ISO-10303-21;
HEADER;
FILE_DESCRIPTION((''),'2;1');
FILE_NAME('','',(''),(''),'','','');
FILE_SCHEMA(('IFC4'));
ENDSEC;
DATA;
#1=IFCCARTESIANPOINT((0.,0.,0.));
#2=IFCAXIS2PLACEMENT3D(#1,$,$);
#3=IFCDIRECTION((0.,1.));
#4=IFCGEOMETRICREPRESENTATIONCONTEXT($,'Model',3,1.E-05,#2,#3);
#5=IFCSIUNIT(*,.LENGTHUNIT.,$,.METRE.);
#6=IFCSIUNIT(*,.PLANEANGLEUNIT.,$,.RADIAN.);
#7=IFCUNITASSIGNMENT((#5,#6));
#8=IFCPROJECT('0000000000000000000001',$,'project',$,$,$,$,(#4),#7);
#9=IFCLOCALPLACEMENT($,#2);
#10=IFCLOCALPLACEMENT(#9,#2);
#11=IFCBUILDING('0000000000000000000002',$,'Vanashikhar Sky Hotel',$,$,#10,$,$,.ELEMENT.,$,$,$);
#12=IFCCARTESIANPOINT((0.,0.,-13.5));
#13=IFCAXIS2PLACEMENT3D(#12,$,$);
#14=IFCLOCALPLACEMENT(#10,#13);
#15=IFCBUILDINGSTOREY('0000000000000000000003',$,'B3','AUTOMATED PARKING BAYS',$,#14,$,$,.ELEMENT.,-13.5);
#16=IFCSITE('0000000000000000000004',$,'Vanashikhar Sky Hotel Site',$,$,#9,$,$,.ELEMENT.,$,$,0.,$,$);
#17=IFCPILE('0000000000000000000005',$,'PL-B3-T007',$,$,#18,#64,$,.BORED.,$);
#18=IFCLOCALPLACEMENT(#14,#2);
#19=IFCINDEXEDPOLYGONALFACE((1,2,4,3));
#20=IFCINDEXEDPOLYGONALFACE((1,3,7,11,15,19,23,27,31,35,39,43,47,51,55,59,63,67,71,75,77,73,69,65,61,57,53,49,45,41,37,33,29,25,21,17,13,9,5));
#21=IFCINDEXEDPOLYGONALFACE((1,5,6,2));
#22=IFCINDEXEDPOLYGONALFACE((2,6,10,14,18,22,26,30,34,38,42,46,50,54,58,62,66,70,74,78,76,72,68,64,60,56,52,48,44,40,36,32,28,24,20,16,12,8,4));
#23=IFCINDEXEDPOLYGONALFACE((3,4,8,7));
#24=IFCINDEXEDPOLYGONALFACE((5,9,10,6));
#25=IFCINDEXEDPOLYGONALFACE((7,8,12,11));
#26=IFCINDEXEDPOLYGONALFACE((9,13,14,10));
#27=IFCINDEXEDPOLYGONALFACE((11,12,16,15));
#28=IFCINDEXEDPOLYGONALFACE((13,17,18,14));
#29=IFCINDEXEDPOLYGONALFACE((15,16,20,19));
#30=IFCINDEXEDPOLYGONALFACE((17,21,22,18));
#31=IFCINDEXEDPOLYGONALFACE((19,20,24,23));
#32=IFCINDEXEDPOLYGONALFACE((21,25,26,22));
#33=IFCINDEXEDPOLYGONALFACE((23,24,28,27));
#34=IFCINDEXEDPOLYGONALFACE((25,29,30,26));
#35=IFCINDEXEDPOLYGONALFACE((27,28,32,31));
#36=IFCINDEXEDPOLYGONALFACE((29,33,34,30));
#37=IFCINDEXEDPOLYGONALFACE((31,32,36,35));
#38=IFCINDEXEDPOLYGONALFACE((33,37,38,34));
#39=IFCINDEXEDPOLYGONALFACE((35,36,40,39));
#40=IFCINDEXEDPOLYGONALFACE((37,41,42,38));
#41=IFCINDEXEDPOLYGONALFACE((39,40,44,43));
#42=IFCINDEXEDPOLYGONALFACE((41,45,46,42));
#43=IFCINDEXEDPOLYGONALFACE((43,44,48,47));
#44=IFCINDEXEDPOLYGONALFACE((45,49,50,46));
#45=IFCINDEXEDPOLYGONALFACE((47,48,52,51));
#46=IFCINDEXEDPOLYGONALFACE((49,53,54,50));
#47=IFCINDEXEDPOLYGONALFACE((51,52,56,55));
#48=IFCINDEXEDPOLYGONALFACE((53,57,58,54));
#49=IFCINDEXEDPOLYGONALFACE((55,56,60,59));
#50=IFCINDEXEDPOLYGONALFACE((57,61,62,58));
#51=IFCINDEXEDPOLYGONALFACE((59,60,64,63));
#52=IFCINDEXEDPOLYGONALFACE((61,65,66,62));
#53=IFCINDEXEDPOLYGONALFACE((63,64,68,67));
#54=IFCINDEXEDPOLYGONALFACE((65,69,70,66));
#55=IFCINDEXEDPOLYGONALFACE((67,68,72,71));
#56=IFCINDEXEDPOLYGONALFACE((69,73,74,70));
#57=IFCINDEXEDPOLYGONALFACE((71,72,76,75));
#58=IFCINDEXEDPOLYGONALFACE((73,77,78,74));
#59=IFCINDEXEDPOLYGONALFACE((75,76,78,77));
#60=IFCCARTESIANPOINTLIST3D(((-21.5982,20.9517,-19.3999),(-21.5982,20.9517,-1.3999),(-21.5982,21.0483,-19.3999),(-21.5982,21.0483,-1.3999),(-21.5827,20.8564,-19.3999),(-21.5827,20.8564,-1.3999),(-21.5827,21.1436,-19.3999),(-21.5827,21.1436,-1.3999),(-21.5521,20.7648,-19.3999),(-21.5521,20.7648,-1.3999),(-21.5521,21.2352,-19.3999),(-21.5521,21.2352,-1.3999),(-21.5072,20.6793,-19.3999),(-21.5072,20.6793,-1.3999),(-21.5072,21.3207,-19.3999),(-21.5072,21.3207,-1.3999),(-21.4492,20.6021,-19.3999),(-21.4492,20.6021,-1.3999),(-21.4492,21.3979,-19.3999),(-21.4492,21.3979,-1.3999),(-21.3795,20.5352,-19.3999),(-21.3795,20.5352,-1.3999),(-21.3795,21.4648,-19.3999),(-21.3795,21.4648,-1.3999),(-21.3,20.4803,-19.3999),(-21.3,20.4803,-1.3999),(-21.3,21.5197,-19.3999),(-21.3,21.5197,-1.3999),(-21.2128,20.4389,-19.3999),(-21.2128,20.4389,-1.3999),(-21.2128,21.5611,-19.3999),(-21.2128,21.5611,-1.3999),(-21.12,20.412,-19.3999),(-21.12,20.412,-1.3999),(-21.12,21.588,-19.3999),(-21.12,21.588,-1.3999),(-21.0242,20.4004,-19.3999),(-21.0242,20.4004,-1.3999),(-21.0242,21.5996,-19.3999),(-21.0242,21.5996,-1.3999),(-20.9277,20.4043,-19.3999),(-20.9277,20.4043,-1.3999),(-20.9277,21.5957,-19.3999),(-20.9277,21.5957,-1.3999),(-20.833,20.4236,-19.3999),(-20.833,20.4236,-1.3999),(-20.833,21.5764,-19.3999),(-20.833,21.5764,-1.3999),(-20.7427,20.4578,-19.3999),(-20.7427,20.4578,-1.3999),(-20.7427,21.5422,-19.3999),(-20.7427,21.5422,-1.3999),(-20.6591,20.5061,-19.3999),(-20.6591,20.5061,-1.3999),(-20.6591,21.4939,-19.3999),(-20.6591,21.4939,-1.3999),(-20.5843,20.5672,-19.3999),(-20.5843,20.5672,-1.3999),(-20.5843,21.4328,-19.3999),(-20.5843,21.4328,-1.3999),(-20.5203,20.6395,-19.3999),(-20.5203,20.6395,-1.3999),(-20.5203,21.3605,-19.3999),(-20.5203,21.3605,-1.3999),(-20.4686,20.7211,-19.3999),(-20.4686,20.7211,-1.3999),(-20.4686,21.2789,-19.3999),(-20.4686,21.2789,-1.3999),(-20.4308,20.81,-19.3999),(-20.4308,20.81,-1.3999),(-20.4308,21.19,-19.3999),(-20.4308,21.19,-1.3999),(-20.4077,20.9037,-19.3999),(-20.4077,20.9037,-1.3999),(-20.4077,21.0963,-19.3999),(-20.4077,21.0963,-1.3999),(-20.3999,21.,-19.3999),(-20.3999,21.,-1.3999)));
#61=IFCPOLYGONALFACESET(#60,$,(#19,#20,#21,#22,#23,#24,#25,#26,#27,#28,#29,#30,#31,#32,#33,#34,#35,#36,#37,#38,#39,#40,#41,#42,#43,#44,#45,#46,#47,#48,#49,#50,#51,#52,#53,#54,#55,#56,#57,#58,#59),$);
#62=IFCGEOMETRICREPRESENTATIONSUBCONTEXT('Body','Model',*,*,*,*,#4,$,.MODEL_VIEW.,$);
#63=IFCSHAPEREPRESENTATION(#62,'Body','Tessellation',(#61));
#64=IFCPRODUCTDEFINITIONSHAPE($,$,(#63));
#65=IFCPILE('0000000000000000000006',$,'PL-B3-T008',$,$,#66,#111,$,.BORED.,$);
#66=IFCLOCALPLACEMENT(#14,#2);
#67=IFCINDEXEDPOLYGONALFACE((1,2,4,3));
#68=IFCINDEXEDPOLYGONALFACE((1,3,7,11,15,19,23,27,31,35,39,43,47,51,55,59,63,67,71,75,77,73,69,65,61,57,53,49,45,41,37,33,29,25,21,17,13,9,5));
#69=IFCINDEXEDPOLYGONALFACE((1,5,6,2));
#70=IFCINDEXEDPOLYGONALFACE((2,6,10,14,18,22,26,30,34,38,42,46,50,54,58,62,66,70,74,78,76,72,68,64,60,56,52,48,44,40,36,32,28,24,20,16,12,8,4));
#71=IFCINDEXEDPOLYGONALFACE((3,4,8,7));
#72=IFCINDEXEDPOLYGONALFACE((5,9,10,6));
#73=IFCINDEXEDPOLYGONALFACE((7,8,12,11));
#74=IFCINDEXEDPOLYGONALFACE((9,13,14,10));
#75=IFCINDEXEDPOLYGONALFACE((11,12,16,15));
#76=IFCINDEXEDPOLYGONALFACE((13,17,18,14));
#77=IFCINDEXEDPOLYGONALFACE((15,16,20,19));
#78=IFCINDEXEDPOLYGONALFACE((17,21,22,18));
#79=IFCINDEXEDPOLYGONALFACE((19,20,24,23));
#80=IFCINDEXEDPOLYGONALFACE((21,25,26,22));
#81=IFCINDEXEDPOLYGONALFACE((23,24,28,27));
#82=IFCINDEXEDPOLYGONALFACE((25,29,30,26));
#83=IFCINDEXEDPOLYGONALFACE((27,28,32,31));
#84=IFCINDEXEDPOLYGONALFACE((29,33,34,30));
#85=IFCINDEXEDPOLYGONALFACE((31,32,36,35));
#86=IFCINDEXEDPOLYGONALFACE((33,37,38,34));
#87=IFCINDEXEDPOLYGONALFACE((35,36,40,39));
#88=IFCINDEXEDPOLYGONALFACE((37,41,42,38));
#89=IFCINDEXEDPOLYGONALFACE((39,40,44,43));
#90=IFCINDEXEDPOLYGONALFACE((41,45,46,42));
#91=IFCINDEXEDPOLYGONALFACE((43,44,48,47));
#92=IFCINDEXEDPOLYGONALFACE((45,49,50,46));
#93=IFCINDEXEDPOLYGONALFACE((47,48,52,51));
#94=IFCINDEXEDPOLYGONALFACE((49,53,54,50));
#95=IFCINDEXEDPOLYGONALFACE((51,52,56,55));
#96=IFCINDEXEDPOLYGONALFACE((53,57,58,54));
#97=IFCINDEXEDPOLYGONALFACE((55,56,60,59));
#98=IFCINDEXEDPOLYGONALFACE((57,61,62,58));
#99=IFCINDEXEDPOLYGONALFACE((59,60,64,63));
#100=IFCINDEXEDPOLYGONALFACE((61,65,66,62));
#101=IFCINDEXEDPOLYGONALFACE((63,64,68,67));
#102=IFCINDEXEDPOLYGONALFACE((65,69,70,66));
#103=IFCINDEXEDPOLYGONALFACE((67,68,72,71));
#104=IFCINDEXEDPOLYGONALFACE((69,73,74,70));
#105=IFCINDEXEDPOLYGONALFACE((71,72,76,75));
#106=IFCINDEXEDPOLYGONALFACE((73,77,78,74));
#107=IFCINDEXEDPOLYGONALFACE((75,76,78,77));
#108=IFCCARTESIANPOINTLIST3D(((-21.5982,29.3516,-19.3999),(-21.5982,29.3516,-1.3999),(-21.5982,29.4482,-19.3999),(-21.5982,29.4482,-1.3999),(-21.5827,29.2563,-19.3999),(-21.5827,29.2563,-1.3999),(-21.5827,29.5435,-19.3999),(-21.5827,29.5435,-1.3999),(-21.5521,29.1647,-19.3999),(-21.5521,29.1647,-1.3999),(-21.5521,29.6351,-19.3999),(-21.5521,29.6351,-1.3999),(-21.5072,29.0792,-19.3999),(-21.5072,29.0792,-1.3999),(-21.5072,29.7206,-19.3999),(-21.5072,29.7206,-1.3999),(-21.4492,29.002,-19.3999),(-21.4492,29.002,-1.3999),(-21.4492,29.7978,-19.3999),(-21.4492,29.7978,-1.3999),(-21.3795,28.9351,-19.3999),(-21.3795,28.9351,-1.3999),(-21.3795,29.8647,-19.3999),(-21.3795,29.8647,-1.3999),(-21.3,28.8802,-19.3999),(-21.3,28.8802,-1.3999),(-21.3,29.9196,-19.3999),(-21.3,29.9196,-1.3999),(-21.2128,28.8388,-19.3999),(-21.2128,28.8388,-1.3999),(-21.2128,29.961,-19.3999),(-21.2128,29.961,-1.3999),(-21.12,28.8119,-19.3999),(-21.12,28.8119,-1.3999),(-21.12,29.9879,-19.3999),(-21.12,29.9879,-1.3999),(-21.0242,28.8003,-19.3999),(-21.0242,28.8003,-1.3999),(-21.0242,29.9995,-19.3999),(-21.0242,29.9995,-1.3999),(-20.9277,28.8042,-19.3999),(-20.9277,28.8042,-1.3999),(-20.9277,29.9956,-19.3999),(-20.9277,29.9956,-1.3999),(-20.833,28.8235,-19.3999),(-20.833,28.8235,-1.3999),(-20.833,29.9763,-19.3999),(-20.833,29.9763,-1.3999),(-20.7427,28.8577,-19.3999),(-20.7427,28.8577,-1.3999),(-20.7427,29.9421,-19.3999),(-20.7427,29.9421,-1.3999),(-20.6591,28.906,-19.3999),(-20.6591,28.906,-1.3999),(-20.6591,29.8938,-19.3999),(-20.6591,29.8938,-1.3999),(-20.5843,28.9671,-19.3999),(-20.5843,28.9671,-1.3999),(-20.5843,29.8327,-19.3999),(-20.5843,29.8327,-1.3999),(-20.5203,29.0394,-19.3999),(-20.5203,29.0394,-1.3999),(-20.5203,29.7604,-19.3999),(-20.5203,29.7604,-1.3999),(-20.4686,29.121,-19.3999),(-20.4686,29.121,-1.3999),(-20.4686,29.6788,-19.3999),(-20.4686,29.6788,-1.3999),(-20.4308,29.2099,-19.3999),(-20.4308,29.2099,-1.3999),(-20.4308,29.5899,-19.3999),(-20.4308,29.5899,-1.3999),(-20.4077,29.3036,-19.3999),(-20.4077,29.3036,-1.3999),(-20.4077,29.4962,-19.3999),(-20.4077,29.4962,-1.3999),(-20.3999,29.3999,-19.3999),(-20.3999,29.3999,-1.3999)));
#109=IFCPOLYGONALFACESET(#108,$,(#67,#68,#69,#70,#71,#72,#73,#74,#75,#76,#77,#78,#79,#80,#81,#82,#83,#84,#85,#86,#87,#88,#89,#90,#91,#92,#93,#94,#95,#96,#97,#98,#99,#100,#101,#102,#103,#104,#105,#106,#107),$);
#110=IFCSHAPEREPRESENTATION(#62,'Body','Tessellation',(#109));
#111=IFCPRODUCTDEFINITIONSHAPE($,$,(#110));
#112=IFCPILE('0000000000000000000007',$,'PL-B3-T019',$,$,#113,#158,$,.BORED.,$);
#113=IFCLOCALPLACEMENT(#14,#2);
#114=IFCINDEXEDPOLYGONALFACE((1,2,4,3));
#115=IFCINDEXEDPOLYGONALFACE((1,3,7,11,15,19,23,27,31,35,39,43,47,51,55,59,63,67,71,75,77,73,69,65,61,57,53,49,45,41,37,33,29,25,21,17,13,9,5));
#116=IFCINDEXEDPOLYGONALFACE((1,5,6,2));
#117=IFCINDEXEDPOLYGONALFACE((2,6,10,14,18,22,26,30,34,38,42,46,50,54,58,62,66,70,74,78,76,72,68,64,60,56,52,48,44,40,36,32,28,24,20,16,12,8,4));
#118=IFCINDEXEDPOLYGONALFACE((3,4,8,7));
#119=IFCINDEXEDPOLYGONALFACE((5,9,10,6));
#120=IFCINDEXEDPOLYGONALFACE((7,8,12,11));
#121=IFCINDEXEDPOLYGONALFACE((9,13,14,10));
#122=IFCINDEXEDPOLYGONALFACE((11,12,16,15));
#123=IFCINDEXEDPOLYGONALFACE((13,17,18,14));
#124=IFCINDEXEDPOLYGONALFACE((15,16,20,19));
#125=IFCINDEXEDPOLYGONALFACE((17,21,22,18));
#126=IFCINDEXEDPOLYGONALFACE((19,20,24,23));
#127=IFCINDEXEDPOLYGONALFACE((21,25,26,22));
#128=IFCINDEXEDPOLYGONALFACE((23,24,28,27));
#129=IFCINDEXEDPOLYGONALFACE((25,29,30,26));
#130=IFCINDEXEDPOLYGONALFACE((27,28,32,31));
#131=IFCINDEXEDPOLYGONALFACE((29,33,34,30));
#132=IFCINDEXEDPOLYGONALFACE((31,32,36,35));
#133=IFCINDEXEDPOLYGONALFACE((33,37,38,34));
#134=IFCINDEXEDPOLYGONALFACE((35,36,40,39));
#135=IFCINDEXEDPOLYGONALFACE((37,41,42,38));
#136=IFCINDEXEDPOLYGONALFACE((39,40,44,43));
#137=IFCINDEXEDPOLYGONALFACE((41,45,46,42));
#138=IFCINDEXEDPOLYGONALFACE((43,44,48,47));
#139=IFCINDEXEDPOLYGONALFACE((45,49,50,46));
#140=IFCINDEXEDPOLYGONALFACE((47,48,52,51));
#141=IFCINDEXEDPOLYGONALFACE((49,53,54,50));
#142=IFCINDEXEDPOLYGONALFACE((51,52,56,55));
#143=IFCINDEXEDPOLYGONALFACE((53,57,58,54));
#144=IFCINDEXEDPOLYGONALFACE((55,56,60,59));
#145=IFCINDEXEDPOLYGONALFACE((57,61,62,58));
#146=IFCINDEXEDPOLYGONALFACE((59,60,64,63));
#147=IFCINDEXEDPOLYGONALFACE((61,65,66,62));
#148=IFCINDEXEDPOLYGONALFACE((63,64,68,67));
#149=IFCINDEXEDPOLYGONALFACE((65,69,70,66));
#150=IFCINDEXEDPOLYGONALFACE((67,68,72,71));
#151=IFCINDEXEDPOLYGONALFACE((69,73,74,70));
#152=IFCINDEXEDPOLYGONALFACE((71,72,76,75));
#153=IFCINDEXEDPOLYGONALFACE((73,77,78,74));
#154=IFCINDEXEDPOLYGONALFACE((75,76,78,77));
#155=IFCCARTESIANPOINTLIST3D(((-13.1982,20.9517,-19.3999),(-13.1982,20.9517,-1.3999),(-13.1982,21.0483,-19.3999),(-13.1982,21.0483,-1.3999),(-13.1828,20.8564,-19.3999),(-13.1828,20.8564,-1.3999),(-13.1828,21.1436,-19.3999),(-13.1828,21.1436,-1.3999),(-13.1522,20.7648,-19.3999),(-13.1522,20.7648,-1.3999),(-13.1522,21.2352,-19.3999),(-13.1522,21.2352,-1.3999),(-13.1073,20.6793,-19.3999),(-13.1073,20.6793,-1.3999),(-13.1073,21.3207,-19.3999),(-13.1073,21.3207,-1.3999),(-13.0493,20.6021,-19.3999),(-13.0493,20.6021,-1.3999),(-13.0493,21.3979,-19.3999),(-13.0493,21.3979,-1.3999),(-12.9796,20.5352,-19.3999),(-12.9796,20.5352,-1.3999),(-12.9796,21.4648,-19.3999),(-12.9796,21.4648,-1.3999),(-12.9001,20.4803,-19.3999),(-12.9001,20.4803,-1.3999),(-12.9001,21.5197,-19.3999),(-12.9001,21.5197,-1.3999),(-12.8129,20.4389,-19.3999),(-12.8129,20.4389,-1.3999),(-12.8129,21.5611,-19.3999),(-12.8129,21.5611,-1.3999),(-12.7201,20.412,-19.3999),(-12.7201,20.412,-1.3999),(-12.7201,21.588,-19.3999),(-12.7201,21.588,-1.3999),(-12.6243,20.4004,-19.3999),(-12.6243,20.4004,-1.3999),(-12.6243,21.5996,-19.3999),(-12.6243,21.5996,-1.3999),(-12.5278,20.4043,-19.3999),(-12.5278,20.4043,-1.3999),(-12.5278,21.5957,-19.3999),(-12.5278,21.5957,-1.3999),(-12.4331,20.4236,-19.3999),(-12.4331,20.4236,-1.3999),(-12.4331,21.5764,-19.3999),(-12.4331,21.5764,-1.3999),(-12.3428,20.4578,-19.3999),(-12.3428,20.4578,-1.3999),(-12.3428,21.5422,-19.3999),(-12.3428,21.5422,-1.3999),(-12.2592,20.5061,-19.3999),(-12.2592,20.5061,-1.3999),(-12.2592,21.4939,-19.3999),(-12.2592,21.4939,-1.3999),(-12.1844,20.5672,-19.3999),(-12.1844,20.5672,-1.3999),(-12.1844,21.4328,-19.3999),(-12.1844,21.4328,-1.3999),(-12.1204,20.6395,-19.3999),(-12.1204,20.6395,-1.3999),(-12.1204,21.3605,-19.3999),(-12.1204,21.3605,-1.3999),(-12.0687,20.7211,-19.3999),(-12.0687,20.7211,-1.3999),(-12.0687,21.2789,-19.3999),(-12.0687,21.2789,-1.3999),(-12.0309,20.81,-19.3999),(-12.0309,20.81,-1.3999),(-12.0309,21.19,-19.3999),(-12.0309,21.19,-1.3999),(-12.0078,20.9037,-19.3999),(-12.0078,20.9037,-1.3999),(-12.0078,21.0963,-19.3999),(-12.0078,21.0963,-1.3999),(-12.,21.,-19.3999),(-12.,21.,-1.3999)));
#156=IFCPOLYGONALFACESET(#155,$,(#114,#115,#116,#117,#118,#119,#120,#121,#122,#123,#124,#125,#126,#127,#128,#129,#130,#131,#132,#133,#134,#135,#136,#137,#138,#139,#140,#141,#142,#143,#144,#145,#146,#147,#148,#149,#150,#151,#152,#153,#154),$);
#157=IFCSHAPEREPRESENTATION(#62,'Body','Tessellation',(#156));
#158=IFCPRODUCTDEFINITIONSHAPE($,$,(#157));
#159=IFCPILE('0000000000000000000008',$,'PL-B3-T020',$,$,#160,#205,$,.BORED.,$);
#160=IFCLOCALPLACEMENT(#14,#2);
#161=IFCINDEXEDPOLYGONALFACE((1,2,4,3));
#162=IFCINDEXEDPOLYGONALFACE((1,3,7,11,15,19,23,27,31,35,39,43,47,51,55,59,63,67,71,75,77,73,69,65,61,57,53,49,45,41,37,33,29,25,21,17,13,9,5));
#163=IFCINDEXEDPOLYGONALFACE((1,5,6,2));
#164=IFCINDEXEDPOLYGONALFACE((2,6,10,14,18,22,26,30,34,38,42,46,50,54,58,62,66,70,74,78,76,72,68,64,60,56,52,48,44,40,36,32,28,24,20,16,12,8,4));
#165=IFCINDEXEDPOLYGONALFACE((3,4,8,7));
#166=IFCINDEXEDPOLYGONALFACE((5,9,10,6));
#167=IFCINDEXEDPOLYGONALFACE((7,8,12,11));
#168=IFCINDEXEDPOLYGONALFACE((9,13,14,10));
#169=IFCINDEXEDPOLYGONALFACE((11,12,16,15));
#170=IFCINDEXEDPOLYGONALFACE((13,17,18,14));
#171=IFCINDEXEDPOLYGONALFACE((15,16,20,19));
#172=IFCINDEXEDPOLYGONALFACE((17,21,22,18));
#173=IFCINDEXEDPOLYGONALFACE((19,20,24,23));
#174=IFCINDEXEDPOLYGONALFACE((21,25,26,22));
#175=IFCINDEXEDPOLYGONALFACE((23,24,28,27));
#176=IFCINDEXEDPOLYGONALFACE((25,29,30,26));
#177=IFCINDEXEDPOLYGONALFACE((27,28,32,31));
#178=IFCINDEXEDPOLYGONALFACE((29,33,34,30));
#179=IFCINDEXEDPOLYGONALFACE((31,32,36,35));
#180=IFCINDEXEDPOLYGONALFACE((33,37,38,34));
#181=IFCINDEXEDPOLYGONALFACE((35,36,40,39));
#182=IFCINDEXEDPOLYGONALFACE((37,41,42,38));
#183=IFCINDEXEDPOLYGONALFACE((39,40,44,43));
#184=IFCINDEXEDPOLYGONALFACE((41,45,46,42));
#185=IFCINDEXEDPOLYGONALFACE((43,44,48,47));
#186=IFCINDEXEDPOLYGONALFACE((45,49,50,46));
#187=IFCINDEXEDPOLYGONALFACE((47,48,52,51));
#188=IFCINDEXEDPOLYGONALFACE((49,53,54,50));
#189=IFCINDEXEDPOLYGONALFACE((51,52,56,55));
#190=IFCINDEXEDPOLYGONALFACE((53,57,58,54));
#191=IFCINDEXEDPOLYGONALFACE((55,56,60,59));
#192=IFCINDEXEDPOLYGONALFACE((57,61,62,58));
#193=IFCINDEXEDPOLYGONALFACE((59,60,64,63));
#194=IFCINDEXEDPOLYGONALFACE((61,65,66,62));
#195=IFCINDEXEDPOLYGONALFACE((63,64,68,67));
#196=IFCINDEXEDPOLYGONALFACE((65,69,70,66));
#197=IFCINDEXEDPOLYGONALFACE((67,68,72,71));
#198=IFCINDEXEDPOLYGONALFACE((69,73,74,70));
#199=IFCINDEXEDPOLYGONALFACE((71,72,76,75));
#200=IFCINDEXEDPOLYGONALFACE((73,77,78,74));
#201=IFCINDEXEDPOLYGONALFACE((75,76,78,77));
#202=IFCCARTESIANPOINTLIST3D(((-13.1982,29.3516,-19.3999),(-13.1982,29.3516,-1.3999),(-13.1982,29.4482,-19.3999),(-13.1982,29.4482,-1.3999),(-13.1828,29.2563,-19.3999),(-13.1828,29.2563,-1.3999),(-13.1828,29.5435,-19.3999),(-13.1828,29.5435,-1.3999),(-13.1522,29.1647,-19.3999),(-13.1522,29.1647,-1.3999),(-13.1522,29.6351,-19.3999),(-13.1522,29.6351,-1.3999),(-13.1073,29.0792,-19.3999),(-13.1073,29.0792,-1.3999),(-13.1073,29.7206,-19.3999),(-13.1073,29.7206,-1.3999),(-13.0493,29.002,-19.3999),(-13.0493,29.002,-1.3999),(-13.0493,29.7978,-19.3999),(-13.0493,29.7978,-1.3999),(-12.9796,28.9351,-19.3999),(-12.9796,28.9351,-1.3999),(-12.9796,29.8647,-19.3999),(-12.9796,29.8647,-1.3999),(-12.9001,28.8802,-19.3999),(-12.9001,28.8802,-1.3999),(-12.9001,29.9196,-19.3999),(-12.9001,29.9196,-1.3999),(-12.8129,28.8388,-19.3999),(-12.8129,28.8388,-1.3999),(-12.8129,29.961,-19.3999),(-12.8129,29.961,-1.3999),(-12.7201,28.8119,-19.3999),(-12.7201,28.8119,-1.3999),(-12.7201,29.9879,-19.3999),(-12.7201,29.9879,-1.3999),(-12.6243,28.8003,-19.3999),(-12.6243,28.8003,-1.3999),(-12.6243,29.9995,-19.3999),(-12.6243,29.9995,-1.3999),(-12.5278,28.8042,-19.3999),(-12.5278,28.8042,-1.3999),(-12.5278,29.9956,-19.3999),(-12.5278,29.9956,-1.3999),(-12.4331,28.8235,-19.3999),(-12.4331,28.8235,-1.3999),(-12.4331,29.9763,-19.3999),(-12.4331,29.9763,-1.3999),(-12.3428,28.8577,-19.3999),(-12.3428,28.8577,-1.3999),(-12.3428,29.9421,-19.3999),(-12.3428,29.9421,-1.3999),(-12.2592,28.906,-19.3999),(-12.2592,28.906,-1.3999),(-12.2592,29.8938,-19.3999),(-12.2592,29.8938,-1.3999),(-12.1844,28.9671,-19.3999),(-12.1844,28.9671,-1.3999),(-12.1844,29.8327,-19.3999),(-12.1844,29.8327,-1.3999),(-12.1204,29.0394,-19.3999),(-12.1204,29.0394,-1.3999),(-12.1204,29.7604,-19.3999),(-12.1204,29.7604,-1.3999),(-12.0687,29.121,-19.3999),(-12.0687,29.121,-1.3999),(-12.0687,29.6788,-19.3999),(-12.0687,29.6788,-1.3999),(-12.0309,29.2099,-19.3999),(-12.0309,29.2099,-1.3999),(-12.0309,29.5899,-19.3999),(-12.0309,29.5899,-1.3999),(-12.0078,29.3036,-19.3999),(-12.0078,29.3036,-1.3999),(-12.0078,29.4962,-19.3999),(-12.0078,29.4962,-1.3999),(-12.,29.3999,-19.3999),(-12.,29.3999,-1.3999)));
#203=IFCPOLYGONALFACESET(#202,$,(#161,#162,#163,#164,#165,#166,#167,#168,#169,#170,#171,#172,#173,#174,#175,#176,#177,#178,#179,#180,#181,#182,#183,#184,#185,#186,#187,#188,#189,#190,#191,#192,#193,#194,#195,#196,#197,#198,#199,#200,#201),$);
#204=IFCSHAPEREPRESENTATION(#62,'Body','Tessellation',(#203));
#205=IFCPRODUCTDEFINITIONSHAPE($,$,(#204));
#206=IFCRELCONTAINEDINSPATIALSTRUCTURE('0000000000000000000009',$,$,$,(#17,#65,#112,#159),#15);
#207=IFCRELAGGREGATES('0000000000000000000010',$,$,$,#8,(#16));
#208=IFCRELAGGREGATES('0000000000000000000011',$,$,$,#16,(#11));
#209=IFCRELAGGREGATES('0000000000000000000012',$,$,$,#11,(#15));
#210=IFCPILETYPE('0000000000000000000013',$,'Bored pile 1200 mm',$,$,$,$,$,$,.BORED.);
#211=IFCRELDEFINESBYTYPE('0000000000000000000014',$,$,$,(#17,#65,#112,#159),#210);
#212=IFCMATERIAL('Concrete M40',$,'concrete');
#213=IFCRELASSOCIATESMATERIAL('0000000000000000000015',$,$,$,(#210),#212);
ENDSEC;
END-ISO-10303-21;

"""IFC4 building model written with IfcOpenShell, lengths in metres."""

from ifc_helpers import new_model, si_unit, direction, frame, origin, origin_2d, place, context, subcontext, project, spatial, circle, extrude, source, transform, mapped, material, type_object, element, save


model = new_model("IFC4")

# Units and contexts
model_context = context("Model", 3, precision=1e-05, world=origin(), true_north=direction((0.0, 1.0)))
body_context = subcontext(model_context, "Body", "Model", "MODEL_VIEW")
ifc_project = project(units=[si_unit("LENGTHUNIT", "METRE"), si_unit("PLANEANGLEUNIT", "RADIAN")], contexts=[model_context])

# Site, building, storey
site_placement = place(None, origin())
site = spatial("IfcSite", under=ifc_project, at=site_placement, Name="Vanashikhar Sky Hotel Site", CompositionType="ELEMENT", RefElevation=0.0)
building_placement = place(site_placement, origin())
building = spatial("IfcBuilding", under=site, at=building_placement, Name="Vanashikhar Sky Hotel", CompositionType="ELEMENT")
storey_placement = place(building_placement, frame((0.0, 0.0, -13.5)))
storey = spatial("IfcBuildingStorey", under=building, at=storey_placement, Name="B3", Description="AUTOMATED PARKING BAYS", CompositionType="ELEMENT", Elevation=-13.5)

# Piles
ifc_material_1 = material(Name="Concrete M40", Category="concrete")
pile_type_1 = type_object("IfcPileType", Name="Bored pile 1200 mm", PredefinedType="BORED", material=ifc_material_1)
shared_shape_1 = source(origin(), body_context, "Body", "SweptSolid", [
    extrude(circle(Radius=0.6001, at=origin_2d()), origin(), (0.0, 0.0, 1.0), 18.0),
])
for number, where, z_axis, x_axis, name in (
    (1, (-21.0, 21.0, -1.3999), (0.0, 0.0, -1.0), (1.0, 0.0, 0.0), "PL-B3-T007"),
    (2, (-21.0, 29.3999, -1.3999), (0.0, 0.0, -1.0), (1.0, 0.0, 0.0), "PL-B3-T008"),
    (3, (-12.6001, 21.0, -1.3999), (0.0, 0.0, -1.0), (1.0, 0.0, 0.0), "PL-B3-T019"),
    (4, (-12.6001, 29.3999, -1.3999), (0.0, 0.0, -1.0), (1.0, 0.0, 0.0), "PL-B3-T020"),
):
    element("IfcPile", number, at=place(storey_placement, frame(where, z_axis=z_axis, x_axis=x_axis)), inside=storey, type_object=pile_type_1, Name=name, PredefinedType="BORED", context=body_context, shape_type="MappedRepresentation", body=[
        mapped(shared_shape_1, transform((0.0, 0.0, 0.0), scale=1.0)),
    ])

save(model, "model.ifc")
